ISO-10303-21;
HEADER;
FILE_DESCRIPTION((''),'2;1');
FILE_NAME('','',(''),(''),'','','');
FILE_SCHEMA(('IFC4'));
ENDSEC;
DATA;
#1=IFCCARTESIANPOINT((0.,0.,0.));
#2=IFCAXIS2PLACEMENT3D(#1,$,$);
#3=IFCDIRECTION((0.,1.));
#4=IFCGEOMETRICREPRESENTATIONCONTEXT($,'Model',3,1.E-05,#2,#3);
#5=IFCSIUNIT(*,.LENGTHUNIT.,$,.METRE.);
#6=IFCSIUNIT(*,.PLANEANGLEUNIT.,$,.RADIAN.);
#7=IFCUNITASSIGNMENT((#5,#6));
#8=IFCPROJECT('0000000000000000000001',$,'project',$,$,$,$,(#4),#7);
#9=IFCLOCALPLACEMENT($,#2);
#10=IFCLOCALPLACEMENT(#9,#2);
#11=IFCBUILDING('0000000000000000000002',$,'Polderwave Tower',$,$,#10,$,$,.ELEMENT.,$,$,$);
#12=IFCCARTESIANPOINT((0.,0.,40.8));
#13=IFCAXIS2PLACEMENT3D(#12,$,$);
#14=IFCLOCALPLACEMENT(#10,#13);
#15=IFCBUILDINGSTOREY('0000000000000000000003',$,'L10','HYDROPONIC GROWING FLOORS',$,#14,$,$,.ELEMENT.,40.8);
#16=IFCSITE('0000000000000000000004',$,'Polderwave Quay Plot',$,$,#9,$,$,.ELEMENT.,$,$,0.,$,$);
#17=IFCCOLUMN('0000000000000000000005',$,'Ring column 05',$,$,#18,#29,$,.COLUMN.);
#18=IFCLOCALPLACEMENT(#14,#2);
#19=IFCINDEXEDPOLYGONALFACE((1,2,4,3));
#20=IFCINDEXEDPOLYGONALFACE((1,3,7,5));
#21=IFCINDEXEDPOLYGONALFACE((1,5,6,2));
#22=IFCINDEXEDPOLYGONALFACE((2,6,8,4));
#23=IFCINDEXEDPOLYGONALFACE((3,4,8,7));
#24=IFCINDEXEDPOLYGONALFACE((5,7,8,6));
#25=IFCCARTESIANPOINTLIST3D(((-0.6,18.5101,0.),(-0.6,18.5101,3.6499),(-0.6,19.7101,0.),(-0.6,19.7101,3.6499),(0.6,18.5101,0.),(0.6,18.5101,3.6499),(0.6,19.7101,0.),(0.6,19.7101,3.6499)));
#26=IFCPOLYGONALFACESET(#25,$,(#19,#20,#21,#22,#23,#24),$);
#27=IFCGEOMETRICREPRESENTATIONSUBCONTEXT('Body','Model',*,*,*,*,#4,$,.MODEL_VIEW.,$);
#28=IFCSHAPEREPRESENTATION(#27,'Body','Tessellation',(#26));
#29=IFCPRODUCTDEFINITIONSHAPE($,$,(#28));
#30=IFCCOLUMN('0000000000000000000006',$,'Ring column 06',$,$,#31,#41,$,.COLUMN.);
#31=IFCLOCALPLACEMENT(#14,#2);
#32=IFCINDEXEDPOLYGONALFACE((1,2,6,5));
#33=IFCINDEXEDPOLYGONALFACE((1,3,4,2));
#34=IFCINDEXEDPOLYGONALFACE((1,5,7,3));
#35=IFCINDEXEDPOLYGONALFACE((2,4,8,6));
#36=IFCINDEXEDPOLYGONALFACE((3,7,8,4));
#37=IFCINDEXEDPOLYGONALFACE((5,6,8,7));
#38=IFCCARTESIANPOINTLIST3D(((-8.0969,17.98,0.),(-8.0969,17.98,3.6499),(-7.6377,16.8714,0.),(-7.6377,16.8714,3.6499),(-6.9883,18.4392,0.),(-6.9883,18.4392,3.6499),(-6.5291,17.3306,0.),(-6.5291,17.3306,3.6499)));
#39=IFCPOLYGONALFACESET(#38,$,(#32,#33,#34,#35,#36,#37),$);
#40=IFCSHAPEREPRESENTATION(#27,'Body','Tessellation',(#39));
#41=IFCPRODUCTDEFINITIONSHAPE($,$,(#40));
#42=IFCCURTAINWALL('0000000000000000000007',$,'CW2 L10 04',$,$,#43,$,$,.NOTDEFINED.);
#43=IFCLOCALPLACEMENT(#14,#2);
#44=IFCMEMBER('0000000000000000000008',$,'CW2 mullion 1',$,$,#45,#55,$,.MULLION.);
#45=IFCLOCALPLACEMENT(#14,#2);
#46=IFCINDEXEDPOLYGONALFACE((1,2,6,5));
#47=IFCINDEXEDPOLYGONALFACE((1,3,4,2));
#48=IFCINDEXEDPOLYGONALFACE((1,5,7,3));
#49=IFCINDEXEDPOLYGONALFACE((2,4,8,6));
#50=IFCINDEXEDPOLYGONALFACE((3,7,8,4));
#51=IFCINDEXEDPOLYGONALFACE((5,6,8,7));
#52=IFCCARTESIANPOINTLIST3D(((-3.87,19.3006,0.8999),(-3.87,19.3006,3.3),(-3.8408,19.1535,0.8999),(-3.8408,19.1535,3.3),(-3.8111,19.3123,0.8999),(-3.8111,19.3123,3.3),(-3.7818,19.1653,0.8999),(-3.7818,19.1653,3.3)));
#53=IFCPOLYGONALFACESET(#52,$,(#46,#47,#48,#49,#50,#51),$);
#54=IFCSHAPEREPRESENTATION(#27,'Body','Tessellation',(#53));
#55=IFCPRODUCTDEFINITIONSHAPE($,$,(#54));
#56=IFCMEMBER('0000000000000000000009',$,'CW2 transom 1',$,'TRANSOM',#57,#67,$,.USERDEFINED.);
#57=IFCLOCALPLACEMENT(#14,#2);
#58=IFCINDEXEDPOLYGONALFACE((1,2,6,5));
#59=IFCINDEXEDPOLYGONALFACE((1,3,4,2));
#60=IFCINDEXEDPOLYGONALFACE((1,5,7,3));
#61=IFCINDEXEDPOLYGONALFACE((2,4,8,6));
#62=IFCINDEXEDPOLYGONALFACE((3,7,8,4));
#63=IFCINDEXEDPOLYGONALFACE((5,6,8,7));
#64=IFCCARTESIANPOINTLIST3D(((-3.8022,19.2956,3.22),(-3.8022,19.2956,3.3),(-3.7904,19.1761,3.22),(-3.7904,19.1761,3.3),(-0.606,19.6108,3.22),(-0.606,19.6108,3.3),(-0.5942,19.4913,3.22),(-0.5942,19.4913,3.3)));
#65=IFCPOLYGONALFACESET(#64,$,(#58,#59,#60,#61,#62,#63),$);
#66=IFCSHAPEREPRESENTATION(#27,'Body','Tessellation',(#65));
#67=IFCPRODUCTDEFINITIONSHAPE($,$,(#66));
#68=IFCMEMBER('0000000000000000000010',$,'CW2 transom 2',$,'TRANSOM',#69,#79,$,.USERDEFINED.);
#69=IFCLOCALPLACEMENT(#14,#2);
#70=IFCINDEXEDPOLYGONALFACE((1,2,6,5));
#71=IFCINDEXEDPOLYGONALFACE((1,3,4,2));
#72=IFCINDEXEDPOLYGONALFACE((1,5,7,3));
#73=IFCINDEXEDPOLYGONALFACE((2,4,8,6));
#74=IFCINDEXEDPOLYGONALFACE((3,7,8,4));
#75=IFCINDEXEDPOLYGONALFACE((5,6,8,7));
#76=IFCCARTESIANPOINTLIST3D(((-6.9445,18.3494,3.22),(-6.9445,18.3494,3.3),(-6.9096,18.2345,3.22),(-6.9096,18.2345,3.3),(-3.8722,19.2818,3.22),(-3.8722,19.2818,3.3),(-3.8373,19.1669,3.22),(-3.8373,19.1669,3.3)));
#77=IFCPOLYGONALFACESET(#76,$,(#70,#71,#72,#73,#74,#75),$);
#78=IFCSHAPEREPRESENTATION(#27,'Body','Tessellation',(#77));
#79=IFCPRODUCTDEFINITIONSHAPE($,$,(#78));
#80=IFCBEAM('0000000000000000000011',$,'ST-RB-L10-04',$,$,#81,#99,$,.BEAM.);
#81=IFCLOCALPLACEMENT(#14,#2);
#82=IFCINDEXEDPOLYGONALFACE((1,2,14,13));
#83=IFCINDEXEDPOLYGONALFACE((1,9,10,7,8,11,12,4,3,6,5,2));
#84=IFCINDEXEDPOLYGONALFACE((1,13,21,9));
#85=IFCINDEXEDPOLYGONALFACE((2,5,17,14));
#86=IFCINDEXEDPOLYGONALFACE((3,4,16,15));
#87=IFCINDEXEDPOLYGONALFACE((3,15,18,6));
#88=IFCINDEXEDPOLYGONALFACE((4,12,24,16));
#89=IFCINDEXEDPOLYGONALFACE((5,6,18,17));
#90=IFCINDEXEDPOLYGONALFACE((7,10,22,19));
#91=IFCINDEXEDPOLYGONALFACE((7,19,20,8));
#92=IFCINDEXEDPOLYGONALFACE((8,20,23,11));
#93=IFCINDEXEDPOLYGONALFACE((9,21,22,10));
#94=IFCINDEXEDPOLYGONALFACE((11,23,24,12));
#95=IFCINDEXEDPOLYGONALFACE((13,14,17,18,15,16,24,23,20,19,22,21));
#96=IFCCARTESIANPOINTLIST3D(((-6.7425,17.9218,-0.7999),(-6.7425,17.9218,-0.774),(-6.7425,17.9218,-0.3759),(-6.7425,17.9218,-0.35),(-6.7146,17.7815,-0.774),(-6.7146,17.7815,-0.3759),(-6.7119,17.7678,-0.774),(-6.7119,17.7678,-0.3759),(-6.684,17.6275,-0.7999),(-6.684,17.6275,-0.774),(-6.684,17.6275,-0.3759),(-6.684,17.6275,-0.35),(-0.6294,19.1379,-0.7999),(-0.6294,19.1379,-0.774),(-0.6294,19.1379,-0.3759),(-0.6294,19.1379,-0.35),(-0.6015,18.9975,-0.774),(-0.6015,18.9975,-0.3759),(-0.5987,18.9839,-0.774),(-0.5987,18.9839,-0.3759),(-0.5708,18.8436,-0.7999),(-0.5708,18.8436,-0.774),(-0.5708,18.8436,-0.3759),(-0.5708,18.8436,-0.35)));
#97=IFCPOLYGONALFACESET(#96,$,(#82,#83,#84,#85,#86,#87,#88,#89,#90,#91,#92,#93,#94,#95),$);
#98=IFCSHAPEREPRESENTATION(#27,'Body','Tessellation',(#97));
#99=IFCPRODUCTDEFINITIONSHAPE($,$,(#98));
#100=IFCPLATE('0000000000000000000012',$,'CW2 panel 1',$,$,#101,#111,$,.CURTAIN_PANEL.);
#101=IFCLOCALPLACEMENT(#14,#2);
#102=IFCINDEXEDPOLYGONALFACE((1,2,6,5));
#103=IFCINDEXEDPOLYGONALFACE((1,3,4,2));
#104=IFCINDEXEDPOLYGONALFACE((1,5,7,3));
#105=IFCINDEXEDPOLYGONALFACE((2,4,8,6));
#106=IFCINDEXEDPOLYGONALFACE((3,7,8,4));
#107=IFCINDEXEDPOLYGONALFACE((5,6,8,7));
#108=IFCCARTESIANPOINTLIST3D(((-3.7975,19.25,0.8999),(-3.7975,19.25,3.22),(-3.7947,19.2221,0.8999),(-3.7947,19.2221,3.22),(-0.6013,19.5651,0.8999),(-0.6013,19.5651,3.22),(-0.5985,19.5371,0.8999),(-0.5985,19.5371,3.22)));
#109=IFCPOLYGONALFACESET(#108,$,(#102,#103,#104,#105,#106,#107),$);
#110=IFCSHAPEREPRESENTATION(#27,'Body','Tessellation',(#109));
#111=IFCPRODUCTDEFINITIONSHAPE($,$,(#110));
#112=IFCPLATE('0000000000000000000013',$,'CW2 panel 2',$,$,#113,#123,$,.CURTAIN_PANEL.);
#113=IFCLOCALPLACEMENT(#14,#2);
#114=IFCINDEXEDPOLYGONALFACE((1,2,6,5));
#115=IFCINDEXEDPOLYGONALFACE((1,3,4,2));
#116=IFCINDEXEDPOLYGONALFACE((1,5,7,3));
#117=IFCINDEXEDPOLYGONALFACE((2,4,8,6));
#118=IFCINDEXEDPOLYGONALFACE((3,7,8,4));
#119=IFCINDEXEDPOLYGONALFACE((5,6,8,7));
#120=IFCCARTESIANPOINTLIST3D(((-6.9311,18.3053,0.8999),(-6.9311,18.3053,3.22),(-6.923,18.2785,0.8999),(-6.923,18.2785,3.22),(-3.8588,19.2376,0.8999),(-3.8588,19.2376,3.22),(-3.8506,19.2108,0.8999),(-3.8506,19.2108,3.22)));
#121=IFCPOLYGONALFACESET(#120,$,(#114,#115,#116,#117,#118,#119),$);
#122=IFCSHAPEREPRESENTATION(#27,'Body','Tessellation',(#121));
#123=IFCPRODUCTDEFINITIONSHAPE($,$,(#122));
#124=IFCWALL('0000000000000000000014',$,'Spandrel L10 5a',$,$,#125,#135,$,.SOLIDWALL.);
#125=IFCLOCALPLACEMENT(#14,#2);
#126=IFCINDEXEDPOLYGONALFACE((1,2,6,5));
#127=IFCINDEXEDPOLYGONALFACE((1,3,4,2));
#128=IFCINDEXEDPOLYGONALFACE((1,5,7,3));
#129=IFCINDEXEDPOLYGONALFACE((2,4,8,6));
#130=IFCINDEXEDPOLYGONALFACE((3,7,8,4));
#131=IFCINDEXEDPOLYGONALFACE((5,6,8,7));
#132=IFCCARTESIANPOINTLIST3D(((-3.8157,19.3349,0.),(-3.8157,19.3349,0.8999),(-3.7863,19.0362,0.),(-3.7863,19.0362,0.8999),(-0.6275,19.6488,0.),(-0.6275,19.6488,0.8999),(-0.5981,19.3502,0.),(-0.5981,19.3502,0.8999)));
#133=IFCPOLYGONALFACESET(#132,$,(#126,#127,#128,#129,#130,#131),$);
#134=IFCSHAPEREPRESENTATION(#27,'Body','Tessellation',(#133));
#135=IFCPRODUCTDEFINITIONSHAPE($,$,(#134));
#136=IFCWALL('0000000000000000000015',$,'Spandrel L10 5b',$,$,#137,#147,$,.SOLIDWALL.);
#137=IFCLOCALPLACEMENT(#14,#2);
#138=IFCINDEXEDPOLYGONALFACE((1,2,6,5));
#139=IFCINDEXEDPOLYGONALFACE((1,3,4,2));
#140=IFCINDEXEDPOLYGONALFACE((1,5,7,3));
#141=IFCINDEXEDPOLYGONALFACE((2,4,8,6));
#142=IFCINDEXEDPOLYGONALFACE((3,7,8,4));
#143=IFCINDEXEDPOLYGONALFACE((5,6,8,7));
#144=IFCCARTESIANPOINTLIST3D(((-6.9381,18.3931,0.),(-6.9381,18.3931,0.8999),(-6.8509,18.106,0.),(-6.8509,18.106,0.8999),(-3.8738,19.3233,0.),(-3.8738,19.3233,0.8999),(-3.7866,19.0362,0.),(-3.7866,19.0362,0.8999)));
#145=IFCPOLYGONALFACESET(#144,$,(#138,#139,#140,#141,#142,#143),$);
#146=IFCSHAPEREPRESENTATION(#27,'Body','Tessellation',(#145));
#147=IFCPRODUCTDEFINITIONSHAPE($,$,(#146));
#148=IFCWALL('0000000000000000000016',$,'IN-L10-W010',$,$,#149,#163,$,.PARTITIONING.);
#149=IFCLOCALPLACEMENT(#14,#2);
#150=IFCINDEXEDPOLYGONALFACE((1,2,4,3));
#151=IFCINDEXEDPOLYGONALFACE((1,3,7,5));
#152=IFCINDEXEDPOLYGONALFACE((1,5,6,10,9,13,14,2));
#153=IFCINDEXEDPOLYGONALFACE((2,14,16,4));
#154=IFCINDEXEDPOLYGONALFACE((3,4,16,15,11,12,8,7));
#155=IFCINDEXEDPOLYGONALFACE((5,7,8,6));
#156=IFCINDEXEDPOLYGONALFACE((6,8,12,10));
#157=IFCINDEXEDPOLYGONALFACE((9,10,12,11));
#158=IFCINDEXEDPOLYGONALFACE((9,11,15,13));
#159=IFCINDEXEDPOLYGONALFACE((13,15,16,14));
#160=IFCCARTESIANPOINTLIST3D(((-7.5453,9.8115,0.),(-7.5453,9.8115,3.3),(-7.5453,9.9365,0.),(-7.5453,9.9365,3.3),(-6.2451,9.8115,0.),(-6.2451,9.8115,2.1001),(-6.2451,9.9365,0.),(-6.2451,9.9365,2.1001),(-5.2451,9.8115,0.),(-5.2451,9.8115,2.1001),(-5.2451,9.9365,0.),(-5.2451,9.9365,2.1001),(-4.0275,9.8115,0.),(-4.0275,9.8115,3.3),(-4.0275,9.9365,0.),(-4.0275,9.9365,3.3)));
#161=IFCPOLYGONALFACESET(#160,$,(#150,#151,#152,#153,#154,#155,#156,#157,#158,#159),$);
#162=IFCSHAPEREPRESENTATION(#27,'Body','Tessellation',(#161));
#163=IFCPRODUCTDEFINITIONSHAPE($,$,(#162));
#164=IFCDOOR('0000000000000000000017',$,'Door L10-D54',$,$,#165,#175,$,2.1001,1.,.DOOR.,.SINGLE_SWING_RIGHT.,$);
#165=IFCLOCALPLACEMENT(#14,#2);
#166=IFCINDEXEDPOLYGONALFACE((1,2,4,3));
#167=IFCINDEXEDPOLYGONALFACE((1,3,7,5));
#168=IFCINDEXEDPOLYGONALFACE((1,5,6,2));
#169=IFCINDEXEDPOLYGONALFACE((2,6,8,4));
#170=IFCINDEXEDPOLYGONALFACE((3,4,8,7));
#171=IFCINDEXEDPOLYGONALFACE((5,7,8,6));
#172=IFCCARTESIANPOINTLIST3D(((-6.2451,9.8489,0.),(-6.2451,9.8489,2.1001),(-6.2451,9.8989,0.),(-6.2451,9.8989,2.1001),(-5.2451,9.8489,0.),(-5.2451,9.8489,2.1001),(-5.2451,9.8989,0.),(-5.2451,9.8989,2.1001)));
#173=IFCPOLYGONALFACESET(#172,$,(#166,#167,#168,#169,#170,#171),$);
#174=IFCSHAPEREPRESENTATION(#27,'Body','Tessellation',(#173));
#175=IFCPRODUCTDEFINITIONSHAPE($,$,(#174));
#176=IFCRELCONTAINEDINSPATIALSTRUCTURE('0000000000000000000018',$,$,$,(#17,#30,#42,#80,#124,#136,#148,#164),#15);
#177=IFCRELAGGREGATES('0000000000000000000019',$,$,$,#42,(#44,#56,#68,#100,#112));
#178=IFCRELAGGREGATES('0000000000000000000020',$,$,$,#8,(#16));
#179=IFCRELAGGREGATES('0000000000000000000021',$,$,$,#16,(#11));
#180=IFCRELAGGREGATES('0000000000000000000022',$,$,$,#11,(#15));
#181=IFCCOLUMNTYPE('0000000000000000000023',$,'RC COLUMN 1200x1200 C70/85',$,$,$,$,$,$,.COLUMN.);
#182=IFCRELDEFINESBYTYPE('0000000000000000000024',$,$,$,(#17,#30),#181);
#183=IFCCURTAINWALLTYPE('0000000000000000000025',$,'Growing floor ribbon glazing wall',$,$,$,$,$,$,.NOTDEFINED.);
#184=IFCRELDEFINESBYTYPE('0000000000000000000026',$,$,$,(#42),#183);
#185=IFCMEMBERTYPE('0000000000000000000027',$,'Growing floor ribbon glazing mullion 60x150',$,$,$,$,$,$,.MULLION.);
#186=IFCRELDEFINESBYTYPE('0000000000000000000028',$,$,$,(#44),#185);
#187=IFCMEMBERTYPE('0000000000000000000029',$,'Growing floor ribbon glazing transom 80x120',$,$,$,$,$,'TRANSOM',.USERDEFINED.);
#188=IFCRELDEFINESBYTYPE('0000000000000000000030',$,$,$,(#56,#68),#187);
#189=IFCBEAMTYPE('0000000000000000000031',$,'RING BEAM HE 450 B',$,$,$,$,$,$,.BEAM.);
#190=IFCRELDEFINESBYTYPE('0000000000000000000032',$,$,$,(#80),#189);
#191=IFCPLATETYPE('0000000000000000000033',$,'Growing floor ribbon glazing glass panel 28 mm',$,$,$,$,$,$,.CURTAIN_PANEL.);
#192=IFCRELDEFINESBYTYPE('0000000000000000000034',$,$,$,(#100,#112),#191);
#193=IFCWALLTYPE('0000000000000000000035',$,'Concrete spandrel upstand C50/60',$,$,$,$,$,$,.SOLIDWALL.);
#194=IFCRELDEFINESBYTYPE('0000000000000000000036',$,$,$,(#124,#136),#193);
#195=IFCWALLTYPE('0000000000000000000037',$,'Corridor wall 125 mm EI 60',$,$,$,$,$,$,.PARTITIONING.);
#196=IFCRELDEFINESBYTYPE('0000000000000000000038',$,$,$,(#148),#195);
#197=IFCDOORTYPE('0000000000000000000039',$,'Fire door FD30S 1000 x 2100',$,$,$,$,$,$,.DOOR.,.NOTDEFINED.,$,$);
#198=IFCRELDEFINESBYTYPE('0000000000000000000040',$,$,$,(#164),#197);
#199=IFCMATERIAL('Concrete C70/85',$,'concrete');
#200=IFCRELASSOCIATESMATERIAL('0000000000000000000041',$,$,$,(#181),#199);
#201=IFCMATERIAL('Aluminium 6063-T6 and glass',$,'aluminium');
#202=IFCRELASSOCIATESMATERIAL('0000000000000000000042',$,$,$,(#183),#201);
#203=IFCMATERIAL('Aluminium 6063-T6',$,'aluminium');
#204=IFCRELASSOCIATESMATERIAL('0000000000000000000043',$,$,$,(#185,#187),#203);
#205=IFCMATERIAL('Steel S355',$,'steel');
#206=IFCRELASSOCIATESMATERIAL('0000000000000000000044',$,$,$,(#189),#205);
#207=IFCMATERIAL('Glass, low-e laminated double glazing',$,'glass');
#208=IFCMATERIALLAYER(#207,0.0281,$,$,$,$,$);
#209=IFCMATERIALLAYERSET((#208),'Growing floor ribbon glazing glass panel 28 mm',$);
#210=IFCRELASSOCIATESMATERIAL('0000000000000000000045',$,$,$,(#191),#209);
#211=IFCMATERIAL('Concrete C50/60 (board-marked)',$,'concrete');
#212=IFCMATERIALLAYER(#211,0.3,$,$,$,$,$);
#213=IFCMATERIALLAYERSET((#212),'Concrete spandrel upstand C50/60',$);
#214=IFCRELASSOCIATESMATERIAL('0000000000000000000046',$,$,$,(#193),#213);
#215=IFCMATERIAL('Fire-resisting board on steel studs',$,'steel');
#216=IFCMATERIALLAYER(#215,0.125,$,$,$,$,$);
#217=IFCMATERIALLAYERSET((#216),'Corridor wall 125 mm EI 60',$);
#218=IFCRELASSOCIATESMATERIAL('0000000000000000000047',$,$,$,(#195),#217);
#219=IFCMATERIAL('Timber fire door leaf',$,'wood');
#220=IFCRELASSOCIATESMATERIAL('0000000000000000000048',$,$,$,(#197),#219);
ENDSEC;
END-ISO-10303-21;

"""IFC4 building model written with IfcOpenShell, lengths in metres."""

from ifc_helpers import new_model, si_unit, direction, frame, frame_2d, origin, origin_2d, place, context, subcontext, project, spatial, rectangle, i_section, extrude, material, layer, layer_set, material_profile, profile_set, type_object, element, fill, aggregate, save


model = new_model("IFC4")

# Units and contexts
model_context = context("Model", 3, precision=1e-05, world=origin(), true_north=direction((0.0, 1.0)))
body_context = subcontext(model_context, "Body", "Model", "MODEL_VIEW")
ifc_project = project(units=[si_unit("LENGTHUNIT", "METRE"), si_unit("PLANEANGLEUNIT", "RADIAN")], contexts=[model_context])

# Site, building, storey
site_placement = place(None, origin())
site = spatial("IfcSite", under=ifc_project, at=site_placement, Name="Polderwave Quay Plot", CompositionType="ELEMENT", RefElevation=0.0)
building_placement = place(site_placement, origin())
building = spatial("IfcBuilding", under=site, at=building_placement, Name="Polderwave Tower", CompositionType="ELEMENT")
storey_placement = place(building_placement, frame((0.0, 0.0, 40.8)))
storey = spatial("IfcBuildingStorey", under=building, at=storey_placement, Name="L10", Description="HYDROPONIC GROWING FLOORS", CompositionType="ELEMENT", Elevation=40.8)

# Columns
ifc_material_1 = material(Name="Concrete C70/85", Category="concrete")
ifc_material_profile_1 = material_profile(ifc_material_1, rectangle(XDim=1.2, YDim=1.2, at=origin_2d()), Name="RC 1200x1200")
ifc_profile_set_1 = profile_set([ifc_material_profile_1], Name="Concrete C70/85")
column_type = type_object("IfcColumnType", Name="RC COLUMN 1200x1200 C70/85", PredefinedType="COLUMN", material=ifc_profile_set_1)
for number, where, z_axis, x_axis, name in (
    (1, (0.0, 19.1101, 0.0), (0.0, 0.0, 1.0), (0.0, 1.0, 0.0), "Ring column 05"),
    (2, (-7.313, 17.6553, 0.0), (0.0, 0.0, 1.0), (-0.382683, 0.92388, 0.0), "Ring column 06"),
):
    element("IfcColumn", number, at=place(storey_placement, frame(where, z_axis=z_axis, x_axis=x_axis)), inside=storey, type_object=column_type, Name=name, PredefinedType="COLUMN", context=body_context, shape_type="SweptSolid", body=[
        extrude(rectangle(XDim=1.2, YDim=1.2, at=origin_2d()), origin(), (0.0, 0.0, 1.0), 3.6499),
    ])

# Curtain wall, members
ifc_material_2 = material(Name="Aluminium 6063-T6 and glass", Category="aluminium")
curtain_wall_type = type_object("IfcCurtainWallType", Name="Growing floor ribbon glazing wall", PredefinedType="NOTDEFINED", material=ifc_material_2)
curtain_wall_placement = place(storey_placement, origin())
curtain_wall = element("IfcCurtainWall", 3, at=curtain_wall_placement, inside=storey, type_object=curtain_wall_type, Name="CW2 L10 04", PredefinedType="NOTDEFINED")
ifc_material_3 = material(Name="Aluminium 6063-T6", Category="aluminium")
ifc_material_profile_2 = material_profile(ifc_material_3, rectangle(XDim=0.1499, YDim=0.0601, at=origin_2d()), Name="AL 60x150")
ifc_profile_set_2 = profile_set([ifc_material_profile_2], Name="Aluminium 6063-T6")
member_type_1 = type_object("IfcMemberType", Name="Growing floor ribbon glazing mullion 60x150", PredefinedType="MULLION", material=ifc_profile_set_2)
member_1_placement = place(storey_placement, frame((-3.8259, 19.2329, 0.8999), z_axis=(0.0, 0.0, 1.0), x_axis=(0.195178, -0.980768, 0.0)))
member_1 = element("IfcMember", 4, at=member_1_placement, type_object=member_type_1, Name="CW2 mullion 1", PredefinedType="MULLION", context=body_context, shape_type="SweptSolid", body=[
    extrude(rectangle(XDim=0.1499, YDim=0.0601, at=origin_2d()), origin(), (0.0, 0.0, 1.0), 2.4001),
])
ifc_material_profile_3 = material_profile(ifc_material_3, rectangle(XDim=0.1201, YDim=0.0801, at=origin_2d()), Name="AL 80x120")
ifc_profile_set_3 = profile_set([ifc_material_profile_3], Name="Aluminium 6063-T6")
member_type_2 = type_object("IfcMemberType", Name="Growing floor ribbon glazing transom 80x120", ElementType="TRANSOM", PredefinedType="USERDEFINED", material=ifc_profile_set_3)
member_2_placement = place(storey_placement, frame((-0.6001, 19.551, 3.26), z_axis=(-0.995172, -0.098141, 0.0), x_axis=(0.098141, -0.995172, 0.0)))
member_2 = element("IfcMember", 5, at=member_2_placement, type_object=member_type_2, Name="CW2 transom 1", ObjectType="TRANSOM", PredefinedType="USERDEFINED", context=body_context, shape_type="SweptSolid", body=[
    extrude(rectangle(XDim=0.1201, YDim=0.0801, at=origin_2d()), origin(), (0.0, 0.0, 1.0), 3.2117),
])
member_3_placement = place(storey_placement, frame((-3.8547, 19.2244, 3.26), z_axis=(-0.956905, -0.290402, 0.0), x_axis=(0.290402, -0.956905, 0.0)))
member_3 = element("IfcMember", 6, at=member_3_placement, type_object=member_type_2, Name="CW2 transom 2", ObjectType="TRANSOM", PredefinedType="USERDEFINED", context=body_context, shape_type="SweptSolid", body=[
    extrude(rectangle(XDim=0.1201, YDim=0.0801, at=origin_2d()), origin(), (0.0, 0.0, 1.0), 3.2107),
])

# Beam
ifc_material_4 = material(Name="Steel S355", Category="steel")
ifc_material_profile_4 = material_profile(ifc_material_4, i_section(OverallWidth=0.3, OverallDepth=0.45, WebThickness=0.0139, FlangeThickness=0.0259, at=origin_2d()), Name="HE 450 B")
ifc_profile_set_4 = profile_set([ifc_material_profile_4], Name="Steel S355")
beam_type = type_object("IfcBeamType", Name="RING BEAM HE 450 B", PredefinedType="BEAM", material=ifc_profile_set_4)
beam_placement = place(storey_placement, frame((-0.6001, 18.9907, -0.575), z_axis=(-0.980782, -0.195107, 0.0), x_axis=(0.195107, -0.980782, 0.0)))
element("IfcBeam", 7, at=beam_placement, inside=storey, type_object=beam_type, Name="ST-RB-L10-04", PredefinedType="BEAM", context=body_context, shape_type="SweptSolid", body=[
    extrude(i_section(OverallWidth=0.3, OverallDepth=0.45, WebThickness=0.0139, FlangeThickness=0.0259, at=origin_2d()), origin(), (0.0, 0.0, 1.0), 6.2329),
])

# Plates
ifc_material_5 = material(Name="Glass, low-e laminated double glazing", Category="glass")
ifc_layer_1 = layer(ifc_material_5, 0.0281)
ifc_layer_set_1 = layer_set([ifc_layer_1], Name="Growing floor ribbon glazing glass panel 28 mm")
plate_type = type_object("IfcPlateType", Name="Growing floor ribbon glazing glass panel 28 mm", PredefinedType="CURTAIN_PANEL", material=ifc_layer_set_1)
plate_1_placement = place(storey_placement, frame((-2.198, 19.3936, 0.8999), z_axis=(0.0, 0.0, 1.0), x_axis=(-0.995177, -0.098099, 0.0)))
plate_1 = element("IfcPlate", 8, at=plate_1_placement, type_object=plate_type, Name="CW2 panel 1", PredefinedType="CURTAIN_PANEL", context=body_context, shape_type="SweptSolid", body=[
    extrude(rectangle(XDim=3.2117, YDim=0.0281, at=origin_2d()), origin(), (0.0, 0.0, 1.0), 2.3201),
])
plate_2_placement = place(storey_placement, frame((-5.3909, 18.7581, 0.8999), z_axis=(0.0, 0.0, 1.0), x_axis=(-0.956913, -0.290375, 0.0)))
plate_2 = element("IfcPlate", 9, at=plate_2_placement, type_object=plate_type, Name="CW2 panel 2", PredefinedType="CURTAIN_PANEL", context=body_context, shape_type="SweptSolid", body=[
    extrude(rectangle(XDim=3.2107, YDim=0.0281, at=origin_2d()), origin(), (0.0, 0.0, 1.0), 2.3201),
])
aggregate(curtain_wall, [member_1, member_2, member_3, plate_1, plate_2])

# Walls
ifc_material_6 = material(Name="Concrete C50/60 (board-marked)", Category="concrete")
ifc_layer_2 = layer(ifc_material_6, 0.3)
ifc_layer_set_2 = layer_set([ifc_layer_2], Name="Concrete spandrel upstand C50/60")
wall_type_1 = type_object("IfcWallType", Name="Concrete spandrel upstand C50/60", PredefinedType="SOLIDWALL", material=ifc_layer_set_2)
wall_1_placement = place(storey_placement, frame((-0.6128, 19.4995, 0.0), z_axis=(0.0, 0.0, 1.0), x_axis=(-0.995186, -0.098002, 0.0)))
element("IfcWall", 10, at=wall_1_placement, inside=storey, type_object=wall_type_1, Name="Spandrel L10 5a", PredefinedType="SOLIDWALL", context=body_context, shape_type="SweptSolid", body=[
    extrude(rectangle(XDim=3.2036, YDim=0.3, at=frame_2d((1.6018, 0.0))), origin(), (0.0, 0.0, 1.0), 0.8999),
])
wall_2_placement = place(storey_placement, frame((-3.8303, 19.1797, 0.0), z_axis=(0.0, 0.0, 1.0), x_axis=(-0.956883, -0.290473, 0.0)))
element("IfcWall", 11, at=wall_2_placement, inside=storey, type_object=wall_type_1, Name="Spandrel L10 5b", PredefinedType="SOLIDWALL", context=body_context, shape_type="SweptSolid", body=[
    extrude(rectangle(XDim=3.2024, YDim=0.3, at=frame_2d((1.6011, 0.0))), origin(), (0.0, 0.0, 1.0), 0.8999),
])

# Wall, opening, door
ifc_material_7 = material(Name="Fire-resisting board on steel studs", Category="steel")
ifc_layer_3 = layer(ifc_material_7, 0.125)
ifc_layer_set_3 = layer_set([ifc_layer_3], Name="Corridor wall 125 mm EI 60")
wall_type_2 = type_object("IfcWallType", Name="Corridor wall 125 mm EI 60", PredefinedType="PARTITIONING", material=ifc_layer_set_3)
wall_3_placement = place(storey_placement, frame((-7.5452, 9.874, 0.0), z_axis=(0.0, 0.0, 1.0), x_axis=(1.0, 0.0, 0.0)))
wall_3 = element("IfcWall", 12, at=wall_3_placement, inside=storey, type_object=wall_type_2, Name="IN-L10-W010", PredefinedType="PARTITIONING", context=body_context, shape_type="SweptSolid", body=[
    extrude(rectangle(XDim=3.5178, YDim=0.125, at=frame_2d((1.7588, 0.0))), origin(), (0.0, 0.0, 1.0), 3.3),
])
opening_1_placement = place(wall_3_placement, frame((1.3, 0.0, 0.0)))
opening_1 = element("IfcOpeningElement", 13, at=opening_1_placement, cuts=wall_3, PredefinedType="OPENING", context=body_context, shape_type="SweptSolid", body=[
    extrude(rectangle(XDim=1.0, YDim=2.1001, at=frame_2d((0.5, 1.05))), frame((0.0, 0.0725, 0.0), z_axis=(0.0, -1.0, 0.0), x_axis=(1.0, 0.0, 0.0)), (0.0, 0.0, 1.0), 0.145),
])
ifc_material_8 = material(Name="Timber fire door leaf", Category="wood")
door_type = type_object("IfcDoorType", Name="Fire door FD30S 1000 x 2100", OperationType="NOTDEFINED", PredefinedType="DOOR", material=ifc_material_8)
door_1_placement = place(opening_1_placement, origin())
door_1 = element("IfcDoor", 14, at=door_1_placement, inside=storey, type_object=door_type, Name="Door L10-D54", OperationType="SINGLE_SWING_RIGHT", OverallHeight=2.1001, OverallWidth=1.0, PredefinedType="DOOR", context=body_context, shape_type="SweptSolid", body=[
    extrude(rectangle(XDim=1.0, YDim=2.1001, at=frame_2d((0.5, 1.05))), frame((0.0, 0.0249, 0.0), z_axis=(0.0, -1.0, 0.0), x_axis=(1.0, 0.0, 0.0)), (0.0, 0.0, 1.0), 0.05),
])
fill(opening_1, door_1)

save(model, "model.ifc")
